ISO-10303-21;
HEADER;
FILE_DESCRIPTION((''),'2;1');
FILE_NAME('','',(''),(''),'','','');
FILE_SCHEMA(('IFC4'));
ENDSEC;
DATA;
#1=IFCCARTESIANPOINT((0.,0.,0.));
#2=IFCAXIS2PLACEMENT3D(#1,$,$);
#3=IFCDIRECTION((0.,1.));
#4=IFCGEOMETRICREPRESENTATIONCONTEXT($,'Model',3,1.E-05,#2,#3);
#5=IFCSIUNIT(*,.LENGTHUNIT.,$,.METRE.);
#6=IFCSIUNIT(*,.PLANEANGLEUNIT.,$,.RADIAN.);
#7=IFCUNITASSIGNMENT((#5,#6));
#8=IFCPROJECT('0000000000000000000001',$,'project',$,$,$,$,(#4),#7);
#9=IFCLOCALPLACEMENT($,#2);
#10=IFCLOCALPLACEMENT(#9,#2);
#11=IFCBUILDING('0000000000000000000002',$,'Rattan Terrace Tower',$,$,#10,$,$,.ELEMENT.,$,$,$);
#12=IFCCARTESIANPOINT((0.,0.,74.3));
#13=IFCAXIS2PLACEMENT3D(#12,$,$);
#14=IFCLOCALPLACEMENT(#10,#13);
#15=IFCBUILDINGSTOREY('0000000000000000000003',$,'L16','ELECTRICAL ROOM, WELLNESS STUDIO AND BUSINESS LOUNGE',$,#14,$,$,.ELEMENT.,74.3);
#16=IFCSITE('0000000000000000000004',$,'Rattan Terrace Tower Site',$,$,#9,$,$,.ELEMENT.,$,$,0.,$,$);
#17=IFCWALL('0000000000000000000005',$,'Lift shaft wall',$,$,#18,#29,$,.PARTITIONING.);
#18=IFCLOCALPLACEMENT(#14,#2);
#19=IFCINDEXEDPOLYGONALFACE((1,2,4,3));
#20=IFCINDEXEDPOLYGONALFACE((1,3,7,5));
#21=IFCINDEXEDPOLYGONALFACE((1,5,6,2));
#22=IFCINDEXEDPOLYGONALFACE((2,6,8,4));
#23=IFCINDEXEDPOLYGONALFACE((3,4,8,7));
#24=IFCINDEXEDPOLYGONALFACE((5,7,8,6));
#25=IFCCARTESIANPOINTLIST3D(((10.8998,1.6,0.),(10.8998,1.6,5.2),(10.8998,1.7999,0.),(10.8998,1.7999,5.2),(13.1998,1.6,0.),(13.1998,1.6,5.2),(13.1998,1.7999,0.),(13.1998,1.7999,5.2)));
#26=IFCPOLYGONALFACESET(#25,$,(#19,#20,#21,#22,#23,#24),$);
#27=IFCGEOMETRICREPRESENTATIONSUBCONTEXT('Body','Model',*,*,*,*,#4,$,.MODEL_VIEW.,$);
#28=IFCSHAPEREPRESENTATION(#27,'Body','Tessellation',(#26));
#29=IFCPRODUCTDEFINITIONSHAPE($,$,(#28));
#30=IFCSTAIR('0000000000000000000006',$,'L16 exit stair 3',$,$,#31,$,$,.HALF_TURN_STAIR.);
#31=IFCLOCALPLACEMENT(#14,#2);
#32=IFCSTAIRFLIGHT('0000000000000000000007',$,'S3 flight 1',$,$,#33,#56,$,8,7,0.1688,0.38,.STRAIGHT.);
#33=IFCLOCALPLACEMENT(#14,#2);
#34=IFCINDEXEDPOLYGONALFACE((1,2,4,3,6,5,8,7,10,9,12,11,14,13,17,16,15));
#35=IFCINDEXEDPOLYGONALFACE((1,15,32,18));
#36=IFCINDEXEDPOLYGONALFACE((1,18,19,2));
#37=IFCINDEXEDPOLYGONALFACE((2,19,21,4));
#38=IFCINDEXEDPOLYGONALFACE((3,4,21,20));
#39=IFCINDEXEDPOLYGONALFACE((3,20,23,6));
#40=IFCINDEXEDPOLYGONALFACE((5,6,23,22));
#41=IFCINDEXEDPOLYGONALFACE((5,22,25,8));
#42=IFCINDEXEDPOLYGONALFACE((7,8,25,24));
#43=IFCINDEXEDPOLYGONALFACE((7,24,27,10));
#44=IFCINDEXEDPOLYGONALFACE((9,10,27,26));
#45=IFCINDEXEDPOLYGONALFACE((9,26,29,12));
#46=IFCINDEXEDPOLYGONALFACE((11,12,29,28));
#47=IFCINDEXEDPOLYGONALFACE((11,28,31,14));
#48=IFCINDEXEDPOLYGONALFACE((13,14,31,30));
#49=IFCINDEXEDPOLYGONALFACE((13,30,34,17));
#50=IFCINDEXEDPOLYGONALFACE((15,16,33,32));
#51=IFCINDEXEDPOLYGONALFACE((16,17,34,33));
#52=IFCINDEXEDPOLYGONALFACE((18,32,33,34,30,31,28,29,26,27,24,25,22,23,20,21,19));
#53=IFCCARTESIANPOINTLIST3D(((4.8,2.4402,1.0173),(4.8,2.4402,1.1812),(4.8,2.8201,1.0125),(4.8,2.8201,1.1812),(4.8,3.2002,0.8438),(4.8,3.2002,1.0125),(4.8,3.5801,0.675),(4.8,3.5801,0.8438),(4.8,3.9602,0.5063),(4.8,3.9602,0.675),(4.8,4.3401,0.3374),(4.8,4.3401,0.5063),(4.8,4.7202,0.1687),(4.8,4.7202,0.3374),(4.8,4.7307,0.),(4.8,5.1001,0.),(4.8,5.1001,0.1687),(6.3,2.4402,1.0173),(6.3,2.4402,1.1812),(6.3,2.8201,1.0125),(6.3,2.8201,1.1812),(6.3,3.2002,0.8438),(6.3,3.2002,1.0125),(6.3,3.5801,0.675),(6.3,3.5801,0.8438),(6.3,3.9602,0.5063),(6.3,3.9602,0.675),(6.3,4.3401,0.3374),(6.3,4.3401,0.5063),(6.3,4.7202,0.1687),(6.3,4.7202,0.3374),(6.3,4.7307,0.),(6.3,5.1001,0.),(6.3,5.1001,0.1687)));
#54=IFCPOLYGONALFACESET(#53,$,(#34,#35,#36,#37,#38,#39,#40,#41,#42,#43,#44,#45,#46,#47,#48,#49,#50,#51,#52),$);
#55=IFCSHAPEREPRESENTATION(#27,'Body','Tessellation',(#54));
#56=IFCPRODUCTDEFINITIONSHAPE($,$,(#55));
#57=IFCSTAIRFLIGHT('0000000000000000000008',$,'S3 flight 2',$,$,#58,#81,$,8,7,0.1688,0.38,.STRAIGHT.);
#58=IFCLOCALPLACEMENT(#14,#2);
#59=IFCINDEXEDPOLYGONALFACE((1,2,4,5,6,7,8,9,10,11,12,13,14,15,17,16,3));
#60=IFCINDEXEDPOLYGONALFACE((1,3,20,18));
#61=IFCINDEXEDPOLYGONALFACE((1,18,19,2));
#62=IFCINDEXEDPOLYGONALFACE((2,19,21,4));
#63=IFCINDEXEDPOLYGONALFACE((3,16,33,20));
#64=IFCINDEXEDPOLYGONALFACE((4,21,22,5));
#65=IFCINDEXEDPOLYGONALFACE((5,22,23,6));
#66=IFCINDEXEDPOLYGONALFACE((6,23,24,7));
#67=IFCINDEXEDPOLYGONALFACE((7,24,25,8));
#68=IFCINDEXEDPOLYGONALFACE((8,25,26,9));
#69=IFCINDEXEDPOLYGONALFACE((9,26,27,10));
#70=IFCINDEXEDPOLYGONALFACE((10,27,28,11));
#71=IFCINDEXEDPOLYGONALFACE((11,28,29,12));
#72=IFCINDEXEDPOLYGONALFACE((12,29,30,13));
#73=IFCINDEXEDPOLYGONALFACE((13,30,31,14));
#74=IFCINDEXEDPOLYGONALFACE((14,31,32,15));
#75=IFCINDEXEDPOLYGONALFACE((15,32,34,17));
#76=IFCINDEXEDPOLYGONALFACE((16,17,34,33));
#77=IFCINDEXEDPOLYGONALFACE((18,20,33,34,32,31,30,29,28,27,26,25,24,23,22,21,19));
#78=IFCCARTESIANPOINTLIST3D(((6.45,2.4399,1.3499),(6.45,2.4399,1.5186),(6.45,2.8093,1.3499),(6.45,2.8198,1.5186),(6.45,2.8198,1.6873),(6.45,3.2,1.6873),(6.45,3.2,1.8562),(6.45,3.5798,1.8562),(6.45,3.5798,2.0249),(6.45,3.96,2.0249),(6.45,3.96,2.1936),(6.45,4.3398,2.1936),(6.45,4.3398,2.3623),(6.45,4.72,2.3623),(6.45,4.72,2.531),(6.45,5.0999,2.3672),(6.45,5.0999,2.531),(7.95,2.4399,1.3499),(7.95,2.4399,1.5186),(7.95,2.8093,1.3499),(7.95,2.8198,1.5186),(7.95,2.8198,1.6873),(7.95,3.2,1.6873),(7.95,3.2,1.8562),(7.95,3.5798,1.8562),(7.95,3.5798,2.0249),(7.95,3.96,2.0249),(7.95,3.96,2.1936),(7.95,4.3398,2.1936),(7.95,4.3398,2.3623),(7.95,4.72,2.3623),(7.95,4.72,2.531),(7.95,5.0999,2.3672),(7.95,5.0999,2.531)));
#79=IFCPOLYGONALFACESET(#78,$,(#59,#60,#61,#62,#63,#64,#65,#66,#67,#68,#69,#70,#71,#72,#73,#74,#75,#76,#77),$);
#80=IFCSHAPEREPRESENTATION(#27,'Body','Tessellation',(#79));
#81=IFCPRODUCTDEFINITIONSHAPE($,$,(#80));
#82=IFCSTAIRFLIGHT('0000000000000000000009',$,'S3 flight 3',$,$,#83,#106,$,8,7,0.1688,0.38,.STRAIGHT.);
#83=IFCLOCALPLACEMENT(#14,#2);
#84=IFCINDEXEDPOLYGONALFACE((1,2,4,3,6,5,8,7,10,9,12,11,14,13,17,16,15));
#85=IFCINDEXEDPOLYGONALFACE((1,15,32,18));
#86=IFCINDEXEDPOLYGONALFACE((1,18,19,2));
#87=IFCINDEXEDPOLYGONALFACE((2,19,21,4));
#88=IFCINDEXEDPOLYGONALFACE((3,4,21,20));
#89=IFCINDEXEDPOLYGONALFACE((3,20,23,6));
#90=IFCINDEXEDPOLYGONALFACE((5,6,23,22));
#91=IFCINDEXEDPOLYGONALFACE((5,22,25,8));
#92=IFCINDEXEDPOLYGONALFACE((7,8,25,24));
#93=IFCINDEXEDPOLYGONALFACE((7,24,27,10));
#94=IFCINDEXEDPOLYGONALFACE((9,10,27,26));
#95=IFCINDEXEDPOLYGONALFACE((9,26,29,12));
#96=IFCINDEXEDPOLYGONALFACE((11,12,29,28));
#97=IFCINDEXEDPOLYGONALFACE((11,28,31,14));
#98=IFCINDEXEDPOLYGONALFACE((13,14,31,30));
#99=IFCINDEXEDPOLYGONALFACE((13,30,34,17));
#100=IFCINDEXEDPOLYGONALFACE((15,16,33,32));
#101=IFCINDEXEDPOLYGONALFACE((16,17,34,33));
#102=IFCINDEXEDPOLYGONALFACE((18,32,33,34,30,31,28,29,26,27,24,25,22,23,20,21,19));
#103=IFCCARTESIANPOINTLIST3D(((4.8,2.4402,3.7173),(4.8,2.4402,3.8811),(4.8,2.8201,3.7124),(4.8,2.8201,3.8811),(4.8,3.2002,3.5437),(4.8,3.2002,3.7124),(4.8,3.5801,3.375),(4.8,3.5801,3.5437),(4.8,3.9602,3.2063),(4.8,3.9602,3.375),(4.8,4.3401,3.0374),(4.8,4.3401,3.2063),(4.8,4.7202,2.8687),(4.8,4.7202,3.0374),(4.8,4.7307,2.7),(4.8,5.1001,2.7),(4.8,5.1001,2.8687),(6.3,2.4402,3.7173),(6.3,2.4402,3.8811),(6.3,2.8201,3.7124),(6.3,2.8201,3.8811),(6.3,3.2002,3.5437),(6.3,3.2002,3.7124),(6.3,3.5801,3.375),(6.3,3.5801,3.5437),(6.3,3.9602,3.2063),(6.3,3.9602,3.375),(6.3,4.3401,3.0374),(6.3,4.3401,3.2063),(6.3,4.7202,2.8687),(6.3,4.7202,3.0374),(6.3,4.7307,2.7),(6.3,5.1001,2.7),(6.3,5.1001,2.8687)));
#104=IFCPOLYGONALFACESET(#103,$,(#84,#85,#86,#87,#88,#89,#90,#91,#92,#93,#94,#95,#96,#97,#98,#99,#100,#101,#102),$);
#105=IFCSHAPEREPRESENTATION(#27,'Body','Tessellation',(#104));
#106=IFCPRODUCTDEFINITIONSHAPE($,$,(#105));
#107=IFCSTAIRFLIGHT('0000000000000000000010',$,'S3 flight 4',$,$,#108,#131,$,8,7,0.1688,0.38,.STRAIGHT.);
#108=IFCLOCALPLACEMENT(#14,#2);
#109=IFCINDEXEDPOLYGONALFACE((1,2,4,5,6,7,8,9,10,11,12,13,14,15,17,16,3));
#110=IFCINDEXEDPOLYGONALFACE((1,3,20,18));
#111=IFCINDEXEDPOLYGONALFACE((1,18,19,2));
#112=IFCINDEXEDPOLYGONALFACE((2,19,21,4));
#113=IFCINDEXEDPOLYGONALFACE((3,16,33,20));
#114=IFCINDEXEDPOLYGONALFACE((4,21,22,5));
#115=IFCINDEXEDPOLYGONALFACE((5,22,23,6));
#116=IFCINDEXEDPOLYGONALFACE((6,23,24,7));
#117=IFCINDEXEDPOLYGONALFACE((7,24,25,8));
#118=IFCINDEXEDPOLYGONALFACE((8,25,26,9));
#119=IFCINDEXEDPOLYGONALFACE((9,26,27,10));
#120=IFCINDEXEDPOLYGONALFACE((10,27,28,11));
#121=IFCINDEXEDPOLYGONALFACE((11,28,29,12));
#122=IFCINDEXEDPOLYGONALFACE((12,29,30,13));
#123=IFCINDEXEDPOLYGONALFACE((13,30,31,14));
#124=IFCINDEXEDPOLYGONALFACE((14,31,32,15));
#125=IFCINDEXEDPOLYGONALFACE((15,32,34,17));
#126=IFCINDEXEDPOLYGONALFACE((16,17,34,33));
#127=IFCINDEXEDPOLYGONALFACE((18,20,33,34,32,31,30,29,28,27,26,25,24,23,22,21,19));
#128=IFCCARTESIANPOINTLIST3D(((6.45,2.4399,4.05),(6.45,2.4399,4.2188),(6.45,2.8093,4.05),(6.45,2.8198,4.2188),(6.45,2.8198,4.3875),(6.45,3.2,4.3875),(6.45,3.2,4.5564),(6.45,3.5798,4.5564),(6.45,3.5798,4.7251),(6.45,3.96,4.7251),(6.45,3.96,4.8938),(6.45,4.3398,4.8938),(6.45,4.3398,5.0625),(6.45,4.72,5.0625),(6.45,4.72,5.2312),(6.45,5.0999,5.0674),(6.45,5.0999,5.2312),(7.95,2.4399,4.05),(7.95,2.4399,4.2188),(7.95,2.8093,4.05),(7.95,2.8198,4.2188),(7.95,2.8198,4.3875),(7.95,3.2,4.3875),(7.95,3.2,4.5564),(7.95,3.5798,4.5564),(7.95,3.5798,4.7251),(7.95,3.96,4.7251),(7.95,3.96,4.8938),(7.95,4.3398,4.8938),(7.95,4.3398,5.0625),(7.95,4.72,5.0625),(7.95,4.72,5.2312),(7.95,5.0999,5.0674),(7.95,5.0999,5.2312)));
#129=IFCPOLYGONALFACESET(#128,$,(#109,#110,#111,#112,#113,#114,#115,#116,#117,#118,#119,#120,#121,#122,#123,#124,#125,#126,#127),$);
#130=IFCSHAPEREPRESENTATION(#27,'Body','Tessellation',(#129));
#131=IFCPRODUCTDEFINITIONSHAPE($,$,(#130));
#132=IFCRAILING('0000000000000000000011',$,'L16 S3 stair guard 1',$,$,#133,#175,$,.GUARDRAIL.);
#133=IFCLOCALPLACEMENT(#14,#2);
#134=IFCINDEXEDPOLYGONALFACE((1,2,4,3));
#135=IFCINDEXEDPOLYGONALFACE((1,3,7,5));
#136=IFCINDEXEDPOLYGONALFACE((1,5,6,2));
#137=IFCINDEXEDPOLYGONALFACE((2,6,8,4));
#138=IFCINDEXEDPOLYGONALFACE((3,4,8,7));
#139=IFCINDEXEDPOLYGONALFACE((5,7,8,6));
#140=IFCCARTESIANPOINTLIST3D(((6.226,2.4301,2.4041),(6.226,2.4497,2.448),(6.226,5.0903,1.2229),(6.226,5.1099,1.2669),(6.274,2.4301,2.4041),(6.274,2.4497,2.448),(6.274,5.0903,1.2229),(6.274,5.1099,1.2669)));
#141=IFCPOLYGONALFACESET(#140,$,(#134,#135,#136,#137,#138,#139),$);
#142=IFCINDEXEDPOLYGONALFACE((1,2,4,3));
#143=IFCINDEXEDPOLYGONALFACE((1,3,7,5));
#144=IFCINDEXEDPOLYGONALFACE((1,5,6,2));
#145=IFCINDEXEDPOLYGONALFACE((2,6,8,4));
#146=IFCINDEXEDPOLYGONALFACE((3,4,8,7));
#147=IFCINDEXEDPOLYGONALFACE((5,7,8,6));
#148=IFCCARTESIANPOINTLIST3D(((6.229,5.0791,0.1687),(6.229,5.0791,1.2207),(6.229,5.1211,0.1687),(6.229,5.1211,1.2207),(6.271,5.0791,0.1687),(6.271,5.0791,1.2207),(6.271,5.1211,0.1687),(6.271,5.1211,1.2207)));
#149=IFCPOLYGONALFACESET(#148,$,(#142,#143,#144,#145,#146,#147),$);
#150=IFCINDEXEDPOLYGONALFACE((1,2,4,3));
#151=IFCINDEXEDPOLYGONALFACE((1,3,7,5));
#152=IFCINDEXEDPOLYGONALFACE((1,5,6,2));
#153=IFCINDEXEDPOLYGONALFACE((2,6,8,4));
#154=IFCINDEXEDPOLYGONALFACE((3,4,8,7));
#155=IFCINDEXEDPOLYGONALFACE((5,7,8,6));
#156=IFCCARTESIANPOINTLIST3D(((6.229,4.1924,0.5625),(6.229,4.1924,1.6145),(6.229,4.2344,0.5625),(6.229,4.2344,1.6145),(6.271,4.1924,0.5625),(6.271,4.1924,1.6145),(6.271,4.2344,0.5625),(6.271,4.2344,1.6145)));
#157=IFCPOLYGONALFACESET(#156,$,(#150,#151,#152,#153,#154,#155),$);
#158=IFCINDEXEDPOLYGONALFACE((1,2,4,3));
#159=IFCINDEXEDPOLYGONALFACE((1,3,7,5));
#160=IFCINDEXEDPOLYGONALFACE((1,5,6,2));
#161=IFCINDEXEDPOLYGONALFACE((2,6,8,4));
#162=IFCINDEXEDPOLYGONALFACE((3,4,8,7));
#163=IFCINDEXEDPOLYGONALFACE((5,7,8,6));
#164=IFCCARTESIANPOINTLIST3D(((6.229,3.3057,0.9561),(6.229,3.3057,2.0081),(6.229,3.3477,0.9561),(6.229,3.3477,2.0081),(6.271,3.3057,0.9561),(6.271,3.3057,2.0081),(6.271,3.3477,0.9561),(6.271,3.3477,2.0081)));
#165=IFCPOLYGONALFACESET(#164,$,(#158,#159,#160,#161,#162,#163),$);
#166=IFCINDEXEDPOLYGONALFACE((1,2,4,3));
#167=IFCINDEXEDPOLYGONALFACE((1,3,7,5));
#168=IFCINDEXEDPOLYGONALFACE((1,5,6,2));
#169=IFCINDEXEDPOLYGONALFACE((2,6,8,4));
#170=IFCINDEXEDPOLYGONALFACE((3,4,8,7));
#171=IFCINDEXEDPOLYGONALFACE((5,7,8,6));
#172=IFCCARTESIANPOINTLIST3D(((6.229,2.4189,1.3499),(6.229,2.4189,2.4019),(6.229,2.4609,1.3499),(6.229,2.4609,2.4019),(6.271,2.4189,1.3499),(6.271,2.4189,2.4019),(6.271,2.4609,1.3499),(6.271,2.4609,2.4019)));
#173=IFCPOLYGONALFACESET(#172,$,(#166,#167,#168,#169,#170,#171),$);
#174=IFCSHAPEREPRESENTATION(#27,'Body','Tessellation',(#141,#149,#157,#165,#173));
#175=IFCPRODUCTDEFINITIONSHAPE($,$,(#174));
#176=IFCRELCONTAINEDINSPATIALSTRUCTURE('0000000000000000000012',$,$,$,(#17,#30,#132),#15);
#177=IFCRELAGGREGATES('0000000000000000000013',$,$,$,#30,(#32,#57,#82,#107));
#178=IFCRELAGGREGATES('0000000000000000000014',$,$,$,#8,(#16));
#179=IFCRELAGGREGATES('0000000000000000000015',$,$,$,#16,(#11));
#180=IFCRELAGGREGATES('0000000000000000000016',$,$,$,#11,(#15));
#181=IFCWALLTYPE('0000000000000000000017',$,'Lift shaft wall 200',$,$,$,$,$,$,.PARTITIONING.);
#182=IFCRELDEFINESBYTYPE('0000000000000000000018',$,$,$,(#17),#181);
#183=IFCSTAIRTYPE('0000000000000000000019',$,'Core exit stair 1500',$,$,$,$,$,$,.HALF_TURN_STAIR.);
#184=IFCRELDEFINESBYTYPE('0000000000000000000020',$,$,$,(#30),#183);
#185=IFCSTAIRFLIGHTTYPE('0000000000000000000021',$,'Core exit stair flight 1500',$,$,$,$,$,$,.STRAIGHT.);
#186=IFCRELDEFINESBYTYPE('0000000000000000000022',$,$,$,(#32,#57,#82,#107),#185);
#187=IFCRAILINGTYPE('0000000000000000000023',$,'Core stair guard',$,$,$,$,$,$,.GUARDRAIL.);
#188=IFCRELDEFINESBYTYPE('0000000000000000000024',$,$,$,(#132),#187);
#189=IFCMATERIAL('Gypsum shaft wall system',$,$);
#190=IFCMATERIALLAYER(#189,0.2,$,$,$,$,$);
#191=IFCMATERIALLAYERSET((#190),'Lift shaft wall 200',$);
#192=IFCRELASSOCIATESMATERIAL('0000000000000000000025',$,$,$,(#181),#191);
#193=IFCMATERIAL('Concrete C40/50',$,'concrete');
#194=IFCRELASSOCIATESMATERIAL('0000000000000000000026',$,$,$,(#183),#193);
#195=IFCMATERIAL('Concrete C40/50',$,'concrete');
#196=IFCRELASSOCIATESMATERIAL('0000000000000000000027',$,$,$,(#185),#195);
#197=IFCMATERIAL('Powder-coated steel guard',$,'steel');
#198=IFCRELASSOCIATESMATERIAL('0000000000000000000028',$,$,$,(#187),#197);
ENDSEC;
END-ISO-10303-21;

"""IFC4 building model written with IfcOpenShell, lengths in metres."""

from ifc_helpers import new_model, si_unit, direction, frame, frame_2d, origin, origin_2d, place, context, subcontext, project, spatial, polyline, rectangle, outline, extrude, material, layer, layer_set, type_object, element, aggregate, save


model = new_model("IFC4")

# Units and contexts
model_context = context("Model", 3, precision=1e-05, world=origin(), true_north=direction((0.0, 1.0)))
body_context = subcontext(model_context, "Body", "Model", "MODEL_VIEW")
ifc_project = project(units=[si_unit("LENGTHUNIT", "METRE"), si_unit("PLANEANGLEUNIT", "RADIAN")], contexts=[model_context])

# Site, building, storey
site_placement = place(None, origin())
site = spatial("IfcSite", under=ifc_project, at=site_placement, Name="Rattan Terrace Tower Site", CompositionType="ELEMENT", RefElevation=0.0)
building_placement = place(site_placement, origin())
building = spatial("IfcBuilding", under=site, at=building_placement, Name="Rattan Terrace Tower", CompositionType="ELEMENT")
storey_placement = place(building_placement, frame((0.0, 0.0, 74.3)))
storey = spatial("IfcBuildingStorey", under=building, at=storey_placement, Name="L16", Description="ELECTRICAL ROOM, WELLNESS STUDIO AND BUSINESS LOUNGE", CompositionType="ELEMENT", Elevation=74.3)

# Wall
ifc_material_1 = material(Name="Gypsum shaft wall system")
ifc_layer_1 = layer(ifc_material_1, 0.2)
ifc_layer_set_1 = layer_set([ifc_layer_1], Name="Lift shaft wall 200")
wall_type_1 = type_object("IfcWallType", Name="Lift shaft wall 200", PredefinedType="PARTITIONING", material=ifc_layer_set_1)
wall_placement = place(storey_placement, frame((10.8999, 1.7, 0.0), z_axis=(0.0, 0.0, 1.0), x_axis=(1.0, 0.0, 0.0)))
element("IfcWall", 1, at=wall_placement, inside=storey, type_object=wall_type_1, Name="Lift shaft wall", PredefinedType="PARTITIONING", context=body_context, shape_type="SweptSolid", body=[
    extrude(rectangle(XDim=2.3, YDim=0.2, at=frame_2d((1.1499, 0.0))), origin(), (0.0, 0.0, 1.0), 5.2),
])

# Stair, stair flights
ifc_material_2 = material(Name="Concrete C40/50", Category="concrete")
stair_type = type_object("IfcStairType", Name="Core exit stair 1500", PredefinedType="HALF_TURN_STAIR", material=ifc_material_2)
stair_placement = place(storey_placement, origin())
stair = element("IfcStair", 2, at=stair_placement, inside=storey, type_object=stair_type, Name="L16 exit stair 3", PredefinedType="HALF_TURN_STAIR")
ifc_material_3 = material(Name="Concrete C40/50", Category="concrete")
stair_flight_type = type_object("IfcStairFlightType", Name="Core exit stair flight 1500", PredefinedType="STRAIGHT", material=ifc_material_3)
stair_flight_1_placement = place(storey_placement, frame((5.55, 5.1001, 0.0), z_axis=(0.0, 0.0, 1.0), x_axis=(0.0, -1.0, 0.0)))
stair_flight_1 = element("IfcStairFlight", 3, at=stair_flight_1_placement, type_object=stair_flight_type, Name="S3 flight 1", NumberOfRisers=8, NumberOfTreads=7, PredefinedType="STRAIGHT", RiserHeight=0.1688, TreadLength=0.38, context=body_context, shape_type="SweptSolid", body=[
    extrude(outline(polyline([(0.0, 0.0), (0.0, 0.1687), (0.3799, 0.1687), (0.3799, 0.3374), (0.76, 0.3374), (0.76, 0.5063), (1.1399, 0.5063), (1.1399, 0.675), (1.52, 0.675), (1.52, 0.8438), (1.8999, 0.8438), (1.8999, 1.0125), (2.28, 1.0125), (2.28, 1.1812), (2.6599, 1.1812), (2.6599, 1.3501), (2.6599, 1.0173), (0.3694, 0.0), (0.0, 0.0)])), frame((0.0, 0.75, 0.0), z_axis=(0.0, -1.0, 0.0), x_axis=(1.0, 0.0, 0.0)), (0.0, 0.0, 1.0), 1.5),
])
stair_flight_2_placement = place(storey_placement, frame((7.2, 2.4399, 1.3499), z_axis=(0.0, 0.0, 1.0), x_axis=(0.0, 1.0, 0.0)))
stair_flight_2 = element("IfcStairFlight", 4, at=stair_flight_2_placement, type_object=stair_flight_type, Name="S3 flight 2", NumberOfRisers=8, NumberOfTreads=7, PredefinedType="STRAIGHT", RiserHeight=0.1688, TreadLength=0.38, context=body_context, shape_type="SweptSolid", body=[
    extrude(outline(polyline([(0.0, 0.0), (0.0, 0.1687), (0.3799, 0.1687), (0.3799, 0.3374), (0.76, 0.3374), (0.76, 0.5063), (1.1399, 0.5063), (1.1399, 0.675), (1.52, 0.675), (1.52, 0.8438), (1.8999, 0.8438), (1.8999, 1.0125), (2.28, 1.0125), (2.28, 1.1812), (2.6599, 1.1812), (2.6599, 1.3501), (2.6599, 1.0173), (0.3694, 0.0), (0.0, 0.0)])), frame((0.0, 0.75, 0.0), z_axis=(0.0, -1.0, 0.0), x_axis=(1.0, 0.0, 0.0)), (0.0, 0.0, 1.0), 1.5),
])
stair_flight_3_placement = place(storey_placement, frame((5.55, 5.1001, 2.7), z_axis=(0.0, 0.0, 1.0), x_axis=(0.0, -1.0, 0.0)))
stair_flight_3 = element("IfcStairFlight", 5, at=stair_flight_3_placement, type_object=stair_flight_type, Name="S3 flight 3", NumberOfRisers=8, NumberOfTreads=7, PredefinedType="STRAIGHT", RiserHeight=0.1688, TreadLength=0.38, context=body_context, shape_type="SweptSolid", body=[
    extrude(outline(polyline([(0.0, 0.0), (0.0, 0.1687), (0.3799, 0.1687), (0.3799, 0.3374), (0.76, 0.3374), (0.76, 0.5063), (1.1399, 0.5063), (1.1399, 0.675), (1.52, 0.675), (1.52, 0.8438), (1.8999, 0.8438), (1.8999, 1.0125), (2.28, 1.0125), (2.28, 1.1812), (2.6599, 1.1812), (2.6599, 1.3501), (2.6599, 1.0173), (0.3694, 0.0), (0.0, 0.0)])), frame((0.0, 0.75, 0.0), z_axis=(0.0, -1.0, 0.0), x_axis=(1.0, 0.0, 0.0)), (0.0, 0.0, 1.0), 1.5),
])
stair_flight_4_placement = place(storey_placement, frame((7.2, 2.4399, 4.05), z_axis=(0.0, 0.0, 1.0), x_axis=(0.0, 1.0, 0.0)))
stair_flight_4 = element("IfcStairFlight", 6, at=stair_flight_4_placement, type_object=stair_flight_type, Name="S3 flight 4", NumberOfRisers=8, NumberOfTreads=7, PredefinedType="STRAIGHT", RiserHeight=0.1688, TreadLength=0.38, context=body_context, shape_type="SweptSolid", body=[
    extrude(outline(polyline([(0.0, 0.0), (0.0, 0.1687), (0.3799, 0.1687), (0.3799, 0.3374), (0.76, 0.3374), (0.76, 0.5063), (1.1399, 0.5063), (1.1399, 0.675), (1.52, 0.675), (1.52, 0.8438), (1.8999, 0.8438), (1.8999, 1.0125), (2.28, 1.0125), (2.28, 1.1812), (2.6599, 1.1812), (2.6599, 1.3501), (2.6599, 1.0173), (0.3694, 0.0), (0.0, 0.0)])), frame((0.0, 0.75, 0.0), z_axis=(0.0, -1.0, 0.0), x_axis=(1.0, 0.0, 0.0)), (0.0, 0.0, 1.0), 1.5),
])
aggregate(stair, [stair_flight_1, stair_flight_2, stair_flight_3, stair_flight_4])

# Railing
ifc_material_4 = material(Name="Powder-coated steel guard", Category="steel")
railing_type_1 = type_object("IfcRailingType", Name="Core stair guard", PredefinedType="GUARDRAIL", material=ifc_material_4)
railing_1_placement = place(storey_placement, frame((6.25, 5.1001, 0.1687)))
element("IfcRailing", 7, at=railing_1_placement, inside=storey, type_object=railing_type_1, Name="L16 S3 stair guard 1", PredefinedType="GUARDRAIL", context=body_context, shape_type="SweptSolid", body=[
    extrude(rectangle(XDim=0.0481, YDim=0.0481, at=origin_2d()), frame((0.0, 0.0, 1.0762), z_axis=(0.0, -0.913957, 0.405812), x_axis=(1.0, 0.0, 0.0)), (0.0, 0.0, 1.0), 2.9106),
    extrude(rectangle(XDim=0.042, YDim=0.042, at=origin_2d()), origin(), (0.0, 0.0, 1.0), 1.052),
    extrude(rectangle(XDim=0.042, YDim=0.042, at=origin_2d()), frame((0.0, -0.8867, 0.3938)), (0.0, 0.0, 1.0), 1.052),
    extrude(rectangle(XDim=0.042, YDim=0.042, at=origin_2d()), frame((0.0, -1.7734, 0.7874)), (0.0, 0.0, 1.0), 1.052),
    extrude(rectangle(XDim=0.042, YDim=0.042, at=origin_2d()), frame((0.0, -2.6602, 1.1812)), (0.0, 0.0, 1.0), 1.052),
])

save(model, "model.ifc")
